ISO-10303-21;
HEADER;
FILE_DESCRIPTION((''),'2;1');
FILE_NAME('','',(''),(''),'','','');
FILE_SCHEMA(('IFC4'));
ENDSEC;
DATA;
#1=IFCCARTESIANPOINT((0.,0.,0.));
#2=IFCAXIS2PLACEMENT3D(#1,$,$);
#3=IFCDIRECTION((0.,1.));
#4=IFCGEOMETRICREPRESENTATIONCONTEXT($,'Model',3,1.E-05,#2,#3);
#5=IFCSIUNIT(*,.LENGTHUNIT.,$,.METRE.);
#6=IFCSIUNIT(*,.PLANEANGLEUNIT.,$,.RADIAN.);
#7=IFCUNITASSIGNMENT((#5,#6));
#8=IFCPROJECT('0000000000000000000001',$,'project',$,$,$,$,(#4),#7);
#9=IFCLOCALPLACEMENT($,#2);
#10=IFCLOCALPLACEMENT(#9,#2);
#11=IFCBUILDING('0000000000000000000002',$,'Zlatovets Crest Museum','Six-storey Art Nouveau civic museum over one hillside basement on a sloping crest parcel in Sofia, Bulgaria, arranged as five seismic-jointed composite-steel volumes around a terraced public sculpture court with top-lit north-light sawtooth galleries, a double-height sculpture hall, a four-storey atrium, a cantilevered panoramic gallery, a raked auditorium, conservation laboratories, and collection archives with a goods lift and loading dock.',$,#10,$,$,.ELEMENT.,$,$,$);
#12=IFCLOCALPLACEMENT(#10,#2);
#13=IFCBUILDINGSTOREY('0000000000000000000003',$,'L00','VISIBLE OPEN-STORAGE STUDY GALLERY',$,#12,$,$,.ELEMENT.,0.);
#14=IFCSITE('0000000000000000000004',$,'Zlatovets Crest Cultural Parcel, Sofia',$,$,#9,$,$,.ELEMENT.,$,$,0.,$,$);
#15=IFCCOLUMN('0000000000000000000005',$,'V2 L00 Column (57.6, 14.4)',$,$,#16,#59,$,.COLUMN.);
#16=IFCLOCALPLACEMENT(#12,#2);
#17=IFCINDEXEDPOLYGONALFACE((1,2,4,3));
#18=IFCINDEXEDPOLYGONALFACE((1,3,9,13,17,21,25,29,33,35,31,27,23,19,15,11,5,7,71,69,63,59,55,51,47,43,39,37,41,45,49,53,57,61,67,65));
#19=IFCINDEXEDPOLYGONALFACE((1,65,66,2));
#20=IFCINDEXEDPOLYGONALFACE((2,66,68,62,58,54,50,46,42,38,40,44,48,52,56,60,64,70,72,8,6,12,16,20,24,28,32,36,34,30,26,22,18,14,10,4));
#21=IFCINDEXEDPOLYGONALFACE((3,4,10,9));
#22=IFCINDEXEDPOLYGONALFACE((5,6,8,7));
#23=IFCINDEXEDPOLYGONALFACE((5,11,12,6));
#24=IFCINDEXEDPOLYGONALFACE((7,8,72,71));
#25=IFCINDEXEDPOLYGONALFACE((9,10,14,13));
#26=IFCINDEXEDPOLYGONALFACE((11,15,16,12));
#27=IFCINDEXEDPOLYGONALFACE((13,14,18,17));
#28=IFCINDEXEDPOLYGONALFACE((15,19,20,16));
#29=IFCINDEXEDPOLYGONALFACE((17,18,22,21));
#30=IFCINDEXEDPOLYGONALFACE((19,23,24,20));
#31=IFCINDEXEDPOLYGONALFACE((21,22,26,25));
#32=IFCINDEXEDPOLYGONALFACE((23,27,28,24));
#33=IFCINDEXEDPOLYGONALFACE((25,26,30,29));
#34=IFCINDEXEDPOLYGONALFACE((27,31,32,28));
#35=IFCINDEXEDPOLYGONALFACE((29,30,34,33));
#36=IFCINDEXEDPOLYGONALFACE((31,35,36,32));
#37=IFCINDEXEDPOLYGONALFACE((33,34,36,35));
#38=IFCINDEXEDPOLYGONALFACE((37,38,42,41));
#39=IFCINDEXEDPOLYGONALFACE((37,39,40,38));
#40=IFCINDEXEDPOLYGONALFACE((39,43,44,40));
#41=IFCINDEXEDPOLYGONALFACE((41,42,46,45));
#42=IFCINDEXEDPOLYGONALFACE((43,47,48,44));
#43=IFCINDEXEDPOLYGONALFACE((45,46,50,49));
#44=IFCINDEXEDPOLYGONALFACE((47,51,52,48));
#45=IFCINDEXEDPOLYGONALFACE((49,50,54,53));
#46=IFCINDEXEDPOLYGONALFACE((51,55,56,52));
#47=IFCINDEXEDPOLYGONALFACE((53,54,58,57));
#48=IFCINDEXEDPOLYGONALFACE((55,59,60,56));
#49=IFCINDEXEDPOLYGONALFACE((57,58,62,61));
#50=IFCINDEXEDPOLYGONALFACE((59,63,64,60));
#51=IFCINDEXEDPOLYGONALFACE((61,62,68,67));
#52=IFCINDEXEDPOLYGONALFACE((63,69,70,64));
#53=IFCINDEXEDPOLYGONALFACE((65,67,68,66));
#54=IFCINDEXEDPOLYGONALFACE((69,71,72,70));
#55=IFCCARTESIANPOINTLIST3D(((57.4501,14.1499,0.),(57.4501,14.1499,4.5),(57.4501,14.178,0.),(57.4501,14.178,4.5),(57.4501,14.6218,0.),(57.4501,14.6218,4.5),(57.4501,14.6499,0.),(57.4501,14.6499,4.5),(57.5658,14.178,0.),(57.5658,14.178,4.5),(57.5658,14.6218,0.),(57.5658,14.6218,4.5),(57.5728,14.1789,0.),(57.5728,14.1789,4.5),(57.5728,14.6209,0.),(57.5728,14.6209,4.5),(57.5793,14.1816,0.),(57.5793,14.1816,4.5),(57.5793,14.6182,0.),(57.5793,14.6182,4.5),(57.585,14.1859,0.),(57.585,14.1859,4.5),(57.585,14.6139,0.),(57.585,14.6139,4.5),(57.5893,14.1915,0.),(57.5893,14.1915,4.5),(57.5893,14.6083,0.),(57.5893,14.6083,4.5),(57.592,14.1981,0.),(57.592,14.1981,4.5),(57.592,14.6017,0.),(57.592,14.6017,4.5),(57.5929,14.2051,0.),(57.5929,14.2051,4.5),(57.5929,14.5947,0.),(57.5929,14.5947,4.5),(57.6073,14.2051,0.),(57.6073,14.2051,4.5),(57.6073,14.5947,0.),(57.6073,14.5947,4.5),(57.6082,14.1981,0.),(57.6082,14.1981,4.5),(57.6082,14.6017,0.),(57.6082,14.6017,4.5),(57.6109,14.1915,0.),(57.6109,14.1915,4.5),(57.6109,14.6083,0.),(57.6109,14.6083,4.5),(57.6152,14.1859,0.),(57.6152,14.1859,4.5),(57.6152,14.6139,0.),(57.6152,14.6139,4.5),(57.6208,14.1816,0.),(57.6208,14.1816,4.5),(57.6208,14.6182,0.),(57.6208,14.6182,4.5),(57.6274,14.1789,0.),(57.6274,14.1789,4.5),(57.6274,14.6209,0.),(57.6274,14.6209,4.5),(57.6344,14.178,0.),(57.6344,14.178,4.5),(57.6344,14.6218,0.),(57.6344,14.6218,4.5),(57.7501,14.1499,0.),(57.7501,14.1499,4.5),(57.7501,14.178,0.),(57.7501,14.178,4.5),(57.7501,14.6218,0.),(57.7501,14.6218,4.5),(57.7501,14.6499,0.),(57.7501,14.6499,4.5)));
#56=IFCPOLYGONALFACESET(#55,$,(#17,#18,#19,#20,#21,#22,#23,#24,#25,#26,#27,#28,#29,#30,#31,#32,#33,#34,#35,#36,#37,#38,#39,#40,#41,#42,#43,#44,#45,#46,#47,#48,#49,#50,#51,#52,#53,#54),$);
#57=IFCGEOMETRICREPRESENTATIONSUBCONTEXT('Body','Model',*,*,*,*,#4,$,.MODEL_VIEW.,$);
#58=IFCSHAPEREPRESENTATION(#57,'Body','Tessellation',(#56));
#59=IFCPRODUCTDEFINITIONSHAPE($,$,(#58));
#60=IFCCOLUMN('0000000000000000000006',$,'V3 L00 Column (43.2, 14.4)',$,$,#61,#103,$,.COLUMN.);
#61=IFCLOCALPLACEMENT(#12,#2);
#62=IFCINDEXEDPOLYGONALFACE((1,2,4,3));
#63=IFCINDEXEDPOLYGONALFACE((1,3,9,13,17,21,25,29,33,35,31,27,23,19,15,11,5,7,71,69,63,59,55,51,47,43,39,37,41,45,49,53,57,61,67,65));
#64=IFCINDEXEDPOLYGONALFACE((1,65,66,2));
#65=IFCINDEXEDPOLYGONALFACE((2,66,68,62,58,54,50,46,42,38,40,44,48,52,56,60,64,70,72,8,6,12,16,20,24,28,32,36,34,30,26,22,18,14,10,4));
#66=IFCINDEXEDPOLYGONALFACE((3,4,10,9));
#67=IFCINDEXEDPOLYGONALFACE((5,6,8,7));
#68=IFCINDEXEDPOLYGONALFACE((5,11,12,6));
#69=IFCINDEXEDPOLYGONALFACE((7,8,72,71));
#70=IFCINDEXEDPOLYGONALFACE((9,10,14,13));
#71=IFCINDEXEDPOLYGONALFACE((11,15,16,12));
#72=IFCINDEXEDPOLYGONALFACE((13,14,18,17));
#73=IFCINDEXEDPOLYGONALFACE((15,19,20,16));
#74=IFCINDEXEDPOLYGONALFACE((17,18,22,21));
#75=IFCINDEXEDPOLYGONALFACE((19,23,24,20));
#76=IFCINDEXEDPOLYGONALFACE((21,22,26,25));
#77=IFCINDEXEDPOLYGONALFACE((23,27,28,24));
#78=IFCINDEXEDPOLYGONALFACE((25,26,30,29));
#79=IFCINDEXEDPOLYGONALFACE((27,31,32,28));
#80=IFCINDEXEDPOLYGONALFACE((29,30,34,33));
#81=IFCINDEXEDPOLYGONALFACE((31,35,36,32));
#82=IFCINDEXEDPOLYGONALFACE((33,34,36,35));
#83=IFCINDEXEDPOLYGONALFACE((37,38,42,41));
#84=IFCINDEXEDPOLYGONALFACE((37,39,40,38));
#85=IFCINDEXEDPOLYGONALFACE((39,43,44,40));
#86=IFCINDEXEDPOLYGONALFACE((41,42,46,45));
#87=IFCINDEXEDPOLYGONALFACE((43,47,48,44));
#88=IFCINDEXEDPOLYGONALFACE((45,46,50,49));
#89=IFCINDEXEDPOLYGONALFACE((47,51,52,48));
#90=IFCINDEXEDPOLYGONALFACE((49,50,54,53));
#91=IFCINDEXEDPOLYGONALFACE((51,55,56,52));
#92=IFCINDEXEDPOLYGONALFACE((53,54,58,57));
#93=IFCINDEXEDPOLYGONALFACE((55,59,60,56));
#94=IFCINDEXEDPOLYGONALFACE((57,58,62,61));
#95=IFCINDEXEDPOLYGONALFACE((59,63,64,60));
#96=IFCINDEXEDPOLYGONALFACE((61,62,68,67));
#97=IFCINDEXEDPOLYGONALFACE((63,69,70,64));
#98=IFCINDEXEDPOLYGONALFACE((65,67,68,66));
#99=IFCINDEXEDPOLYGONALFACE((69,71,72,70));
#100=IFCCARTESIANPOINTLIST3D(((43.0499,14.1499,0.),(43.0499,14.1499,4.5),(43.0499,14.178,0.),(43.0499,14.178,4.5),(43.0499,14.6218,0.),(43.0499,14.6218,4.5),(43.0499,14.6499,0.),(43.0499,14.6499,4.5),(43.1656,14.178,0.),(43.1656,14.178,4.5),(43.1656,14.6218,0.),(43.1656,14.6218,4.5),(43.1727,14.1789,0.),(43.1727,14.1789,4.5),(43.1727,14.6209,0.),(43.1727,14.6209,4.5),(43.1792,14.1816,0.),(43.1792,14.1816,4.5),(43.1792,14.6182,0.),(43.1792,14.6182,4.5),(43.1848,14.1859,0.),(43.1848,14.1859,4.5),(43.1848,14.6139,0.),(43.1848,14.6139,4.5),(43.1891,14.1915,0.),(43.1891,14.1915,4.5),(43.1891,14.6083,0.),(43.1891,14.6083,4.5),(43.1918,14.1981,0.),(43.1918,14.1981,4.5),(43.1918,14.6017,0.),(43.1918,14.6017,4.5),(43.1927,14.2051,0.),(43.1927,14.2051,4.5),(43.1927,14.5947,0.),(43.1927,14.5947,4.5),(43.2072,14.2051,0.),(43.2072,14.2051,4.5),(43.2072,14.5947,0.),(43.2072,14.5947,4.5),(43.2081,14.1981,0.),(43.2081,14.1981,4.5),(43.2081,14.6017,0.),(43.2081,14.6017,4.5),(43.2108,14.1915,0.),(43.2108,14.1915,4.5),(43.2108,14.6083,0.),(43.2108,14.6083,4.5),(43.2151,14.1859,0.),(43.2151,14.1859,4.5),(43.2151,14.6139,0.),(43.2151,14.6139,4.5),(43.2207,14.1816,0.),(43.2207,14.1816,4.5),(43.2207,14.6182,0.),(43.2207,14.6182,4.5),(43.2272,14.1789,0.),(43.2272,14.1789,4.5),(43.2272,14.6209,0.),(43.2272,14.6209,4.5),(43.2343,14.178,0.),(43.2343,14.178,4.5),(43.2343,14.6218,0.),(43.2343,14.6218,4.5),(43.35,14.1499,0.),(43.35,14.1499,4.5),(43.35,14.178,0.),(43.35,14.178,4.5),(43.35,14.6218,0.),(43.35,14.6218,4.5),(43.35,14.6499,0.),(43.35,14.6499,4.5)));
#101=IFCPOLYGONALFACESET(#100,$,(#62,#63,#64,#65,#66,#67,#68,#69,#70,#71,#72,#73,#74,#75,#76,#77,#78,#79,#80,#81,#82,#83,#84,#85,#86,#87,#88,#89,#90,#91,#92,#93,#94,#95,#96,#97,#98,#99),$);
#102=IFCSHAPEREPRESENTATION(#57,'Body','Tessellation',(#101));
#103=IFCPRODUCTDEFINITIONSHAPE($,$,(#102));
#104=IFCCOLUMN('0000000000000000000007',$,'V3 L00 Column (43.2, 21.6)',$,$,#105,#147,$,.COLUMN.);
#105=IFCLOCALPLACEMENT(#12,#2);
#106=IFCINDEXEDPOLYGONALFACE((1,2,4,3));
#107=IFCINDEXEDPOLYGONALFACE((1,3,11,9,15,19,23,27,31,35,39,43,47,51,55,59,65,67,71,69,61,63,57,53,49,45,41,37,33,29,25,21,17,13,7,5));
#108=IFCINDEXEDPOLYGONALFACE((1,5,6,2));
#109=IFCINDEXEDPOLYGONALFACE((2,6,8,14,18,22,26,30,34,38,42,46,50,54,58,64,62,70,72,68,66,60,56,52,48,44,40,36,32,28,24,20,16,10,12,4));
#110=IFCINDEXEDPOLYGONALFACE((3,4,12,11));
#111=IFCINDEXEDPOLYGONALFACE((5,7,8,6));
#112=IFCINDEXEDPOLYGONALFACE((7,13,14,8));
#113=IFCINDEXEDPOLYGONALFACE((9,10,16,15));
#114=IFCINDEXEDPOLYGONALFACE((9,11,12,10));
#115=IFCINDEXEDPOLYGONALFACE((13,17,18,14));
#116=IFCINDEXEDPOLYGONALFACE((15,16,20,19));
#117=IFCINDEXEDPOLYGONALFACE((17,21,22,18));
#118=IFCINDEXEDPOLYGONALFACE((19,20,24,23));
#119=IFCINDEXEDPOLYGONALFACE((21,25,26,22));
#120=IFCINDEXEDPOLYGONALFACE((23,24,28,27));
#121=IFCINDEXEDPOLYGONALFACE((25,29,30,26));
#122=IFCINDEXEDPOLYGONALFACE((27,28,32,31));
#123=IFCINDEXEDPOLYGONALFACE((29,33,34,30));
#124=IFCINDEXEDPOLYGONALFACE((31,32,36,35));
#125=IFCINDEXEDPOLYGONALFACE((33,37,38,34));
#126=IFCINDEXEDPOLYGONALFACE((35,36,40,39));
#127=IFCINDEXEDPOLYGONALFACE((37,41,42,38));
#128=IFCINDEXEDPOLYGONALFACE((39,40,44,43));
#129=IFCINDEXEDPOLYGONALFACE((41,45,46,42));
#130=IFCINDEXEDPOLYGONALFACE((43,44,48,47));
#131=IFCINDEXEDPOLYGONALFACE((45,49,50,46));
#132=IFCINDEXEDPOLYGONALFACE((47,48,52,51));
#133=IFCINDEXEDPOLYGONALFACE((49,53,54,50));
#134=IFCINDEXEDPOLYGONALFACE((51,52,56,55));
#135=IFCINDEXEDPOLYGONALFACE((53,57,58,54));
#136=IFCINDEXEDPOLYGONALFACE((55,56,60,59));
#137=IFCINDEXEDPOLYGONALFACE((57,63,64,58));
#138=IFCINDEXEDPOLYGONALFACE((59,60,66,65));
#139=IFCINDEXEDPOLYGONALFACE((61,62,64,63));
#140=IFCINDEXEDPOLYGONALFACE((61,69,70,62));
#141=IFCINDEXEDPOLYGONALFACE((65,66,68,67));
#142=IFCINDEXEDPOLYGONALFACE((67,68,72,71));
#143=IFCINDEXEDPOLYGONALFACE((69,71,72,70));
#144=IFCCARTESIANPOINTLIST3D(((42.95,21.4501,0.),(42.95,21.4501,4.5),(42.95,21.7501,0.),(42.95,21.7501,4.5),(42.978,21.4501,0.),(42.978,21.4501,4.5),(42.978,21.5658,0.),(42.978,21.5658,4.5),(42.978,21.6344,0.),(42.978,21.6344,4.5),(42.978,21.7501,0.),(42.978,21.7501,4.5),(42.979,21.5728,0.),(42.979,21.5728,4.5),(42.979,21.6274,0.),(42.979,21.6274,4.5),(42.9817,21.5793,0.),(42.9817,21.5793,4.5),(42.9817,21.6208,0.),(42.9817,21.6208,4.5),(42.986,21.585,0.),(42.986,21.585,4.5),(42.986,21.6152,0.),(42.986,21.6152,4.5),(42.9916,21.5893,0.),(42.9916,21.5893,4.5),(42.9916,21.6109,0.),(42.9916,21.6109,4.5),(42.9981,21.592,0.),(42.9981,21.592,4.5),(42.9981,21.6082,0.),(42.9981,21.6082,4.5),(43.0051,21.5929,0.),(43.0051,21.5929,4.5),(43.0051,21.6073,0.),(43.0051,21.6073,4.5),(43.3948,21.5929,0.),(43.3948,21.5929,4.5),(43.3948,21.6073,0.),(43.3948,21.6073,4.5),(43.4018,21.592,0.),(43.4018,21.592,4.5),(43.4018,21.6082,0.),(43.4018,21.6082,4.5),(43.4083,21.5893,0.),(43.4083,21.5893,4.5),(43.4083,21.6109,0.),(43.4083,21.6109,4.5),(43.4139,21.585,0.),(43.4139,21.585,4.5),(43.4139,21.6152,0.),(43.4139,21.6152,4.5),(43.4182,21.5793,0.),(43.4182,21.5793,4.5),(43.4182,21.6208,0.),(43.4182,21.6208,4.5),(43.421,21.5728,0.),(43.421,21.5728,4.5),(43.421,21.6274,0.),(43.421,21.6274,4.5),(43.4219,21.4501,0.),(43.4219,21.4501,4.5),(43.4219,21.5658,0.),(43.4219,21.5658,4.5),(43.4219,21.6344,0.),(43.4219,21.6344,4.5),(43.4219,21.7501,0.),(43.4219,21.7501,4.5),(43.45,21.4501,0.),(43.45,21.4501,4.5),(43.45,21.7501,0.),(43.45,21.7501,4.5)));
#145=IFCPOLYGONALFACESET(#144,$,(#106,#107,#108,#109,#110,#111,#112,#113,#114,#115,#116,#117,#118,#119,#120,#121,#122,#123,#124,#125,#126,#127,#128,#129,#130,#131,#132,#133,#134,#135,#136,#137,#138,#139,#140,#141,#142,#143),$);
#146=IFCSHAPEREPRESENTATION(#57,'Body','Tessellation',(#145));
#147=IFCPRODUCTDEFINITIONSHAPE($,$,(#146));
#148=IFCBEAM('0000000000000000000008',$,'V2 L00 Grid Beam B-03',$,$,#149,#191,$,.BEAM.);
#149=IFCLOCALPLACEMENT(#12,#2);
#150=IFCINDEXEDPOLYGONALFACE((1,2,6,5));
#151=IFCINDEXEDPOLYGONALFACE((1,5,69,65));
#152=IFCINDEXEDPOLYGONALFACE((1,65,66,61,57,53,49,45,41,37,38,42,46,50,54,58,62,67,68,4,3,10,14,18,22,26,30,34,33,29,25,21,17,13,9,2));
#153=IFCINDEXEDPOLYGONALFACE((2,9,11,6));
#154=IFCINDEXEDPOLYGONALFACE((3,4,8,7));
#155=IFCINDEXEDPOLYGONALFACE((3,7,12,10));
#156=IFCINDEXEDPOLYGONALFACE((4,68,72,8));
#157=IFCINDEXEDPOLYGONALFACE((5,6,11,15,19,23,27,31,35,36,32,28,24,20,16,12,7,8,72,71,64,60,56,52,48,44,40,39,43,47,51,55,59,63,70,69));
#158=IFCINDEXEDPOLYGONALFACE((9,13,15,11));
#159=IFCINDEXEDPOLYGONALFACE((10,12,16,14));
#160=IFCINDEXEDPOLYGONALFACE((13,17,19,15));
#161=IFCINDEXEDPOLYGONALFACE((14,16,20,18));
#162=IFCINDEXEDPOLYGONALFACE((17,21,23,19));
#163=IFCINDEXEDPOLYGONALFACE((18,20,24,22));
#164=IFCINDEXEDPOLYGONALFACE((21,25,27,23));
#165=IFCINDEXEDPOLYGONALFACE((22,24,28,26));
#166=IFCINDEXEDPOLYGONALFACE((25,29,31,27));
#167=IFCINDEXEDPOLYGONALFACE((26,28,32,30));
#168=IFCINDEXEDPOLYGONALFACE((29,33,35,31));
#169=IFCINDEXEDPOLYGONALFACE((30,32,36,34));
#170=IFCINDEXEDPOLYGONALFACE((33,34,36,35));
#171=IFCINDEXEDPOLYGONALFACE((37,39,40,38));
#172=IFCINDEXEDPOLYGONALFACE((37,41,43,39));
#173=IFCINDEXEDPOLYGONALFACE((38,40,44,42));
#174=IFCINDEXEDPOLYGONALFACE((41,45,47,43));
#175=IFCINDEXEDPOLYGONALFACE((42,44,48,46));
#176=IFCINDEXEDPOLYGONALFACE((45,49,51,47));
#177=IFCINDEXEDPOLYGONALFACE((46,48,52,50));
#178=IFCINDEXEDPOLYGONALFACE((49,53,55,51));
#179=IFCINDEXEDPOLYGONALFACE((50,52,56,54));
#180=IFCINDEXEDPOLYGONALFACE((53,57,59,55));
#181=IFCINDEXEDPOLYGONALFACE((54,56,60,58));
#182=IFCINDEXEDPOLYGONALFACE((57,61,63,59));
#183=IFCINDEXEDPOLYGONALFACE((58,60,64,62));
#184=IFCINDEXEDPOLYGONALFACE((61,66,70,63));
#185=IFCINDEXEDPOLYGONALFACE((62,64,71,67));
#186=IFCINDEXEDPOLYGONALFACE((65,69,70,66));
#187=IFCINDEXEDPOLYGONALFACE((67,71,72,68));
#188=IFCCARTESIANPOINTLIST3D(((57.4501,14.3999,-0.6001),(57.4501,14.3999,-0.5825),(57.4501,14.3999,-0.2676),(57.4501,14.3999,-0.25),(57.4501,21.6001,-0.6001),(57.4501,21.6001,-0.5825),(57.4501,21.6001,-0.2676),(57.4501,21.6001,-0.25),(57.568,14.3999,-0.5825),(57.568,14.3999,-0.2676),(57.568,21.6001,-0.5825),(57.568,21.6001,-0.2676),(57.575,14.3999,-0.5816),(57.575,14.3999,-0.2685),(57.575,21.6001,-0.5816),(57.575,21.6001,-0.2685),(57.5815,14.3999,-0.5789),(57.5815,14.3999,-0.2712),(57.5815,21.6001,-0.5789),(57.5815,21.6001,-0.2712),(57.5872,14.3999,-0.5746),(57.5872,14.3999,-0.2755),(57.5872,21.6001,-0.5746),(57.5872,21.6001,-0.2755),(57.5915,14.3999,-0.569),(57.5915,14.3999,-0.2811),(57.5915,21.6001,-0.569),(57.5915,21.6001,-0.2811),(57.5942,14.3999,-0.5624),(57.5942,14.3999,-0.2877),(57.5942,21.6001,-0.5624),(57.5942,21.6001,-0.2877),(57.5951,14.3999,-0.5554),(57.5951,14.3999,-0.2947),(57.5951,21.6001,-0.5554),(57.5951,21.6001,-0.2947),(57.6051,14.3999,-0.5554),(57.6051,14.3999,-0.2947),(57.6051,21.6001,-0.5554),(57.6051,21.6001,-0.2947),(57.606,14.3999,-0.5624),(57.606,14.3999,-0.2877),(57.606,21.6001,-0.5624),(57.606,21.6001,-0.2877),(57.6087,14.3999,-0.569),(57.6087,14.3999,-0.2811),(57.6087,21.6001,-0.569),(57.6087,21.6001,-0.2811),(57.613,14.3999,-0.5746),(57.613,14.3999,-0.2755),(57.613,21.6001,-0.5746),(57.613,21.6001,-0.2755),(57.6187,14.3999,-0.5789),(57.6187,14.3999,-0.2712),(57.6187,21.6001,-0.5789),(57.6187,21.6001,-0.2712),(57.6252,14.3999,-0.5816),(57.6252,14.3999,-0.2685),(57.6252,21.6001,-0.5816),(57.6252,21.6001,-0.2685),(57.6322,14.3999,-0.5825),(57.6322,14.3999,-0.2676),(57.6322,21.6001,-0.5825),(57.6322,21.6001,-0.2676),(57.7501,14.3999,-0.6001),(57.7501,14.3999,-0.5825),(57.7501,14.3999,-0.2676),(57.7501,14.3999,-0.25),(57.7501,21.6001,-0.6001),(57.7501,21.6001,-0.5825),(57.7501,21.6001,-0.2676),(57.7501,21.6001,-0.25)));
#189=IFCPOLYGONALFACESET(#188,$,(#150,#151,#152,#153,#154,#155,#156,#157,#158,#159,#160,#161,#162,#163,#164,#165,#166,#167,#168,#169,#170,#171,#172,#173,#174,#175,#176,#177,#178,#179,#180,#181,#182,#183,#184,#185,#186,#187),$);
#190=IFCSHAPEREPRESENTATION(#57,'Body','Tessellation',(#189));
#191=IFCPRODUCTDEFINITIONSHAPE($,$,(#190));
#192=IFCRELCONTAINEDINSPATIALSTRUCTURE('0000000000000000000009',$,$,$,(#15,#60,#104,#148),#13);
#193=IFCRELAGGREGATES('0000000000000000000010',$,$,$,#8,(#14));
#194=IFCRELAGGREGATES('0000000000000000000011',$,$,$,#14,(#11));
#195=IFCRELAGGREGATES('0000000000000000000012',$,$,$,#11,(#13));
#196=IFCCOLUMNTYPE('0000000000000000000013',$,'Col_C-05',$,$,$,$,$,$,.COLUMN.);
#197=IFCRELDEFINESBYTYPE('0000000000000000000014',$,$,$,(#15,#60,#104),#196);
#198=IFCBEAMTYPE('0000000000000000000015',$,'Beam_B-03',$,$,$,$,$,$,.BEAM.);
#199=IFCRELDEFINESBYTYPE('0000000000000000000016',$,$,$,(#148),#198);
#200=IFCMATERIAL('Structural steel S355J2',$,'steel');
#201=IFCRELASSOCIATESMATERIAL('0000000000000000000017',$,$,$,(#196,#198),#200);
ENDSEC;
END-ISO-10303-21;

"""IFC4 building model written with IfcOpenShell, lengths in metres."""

from ifc_helpers import new_model, si_unit, direction, frame, origin, origin_2d, place, context, subcontext, project, spatial, i_section, extrude, material, material_profile, profile_set, type_object, element, save


model = new_model("IFC4")

# Units and contexts
model_context = context("Model", 3, precision=1e-05, world=origin(), true_north=direction((0.0, 1.0)))
body_context = subcontext(model_context, "Body", "Model", "MODEL_VIEW")
ifc_project = project(units=[si_unit("LENGTHUNIT", "METRE"), si_unit("PLANEANGLEUNIT", "RADIAN")], contexts=[model_context])

# Site, building, storey
site_placement = place(None, origin())
site = spatial("IfcSite", under=ifc_project, at=site_placement, Name="Zlatovets Crest Cultural Parcel, Sofia", CompositionType="ELEMENT", RefElevation=0.0)
building_placement = place(site_placement, origin())
building = spatial("IfcBuilding", under=site, at=building_placement, Name="Zlatovets Crest Museum", Description="Six-storey Art Nouveau civic museum over one hillside basement on a sloping crest parcel in Sofia, Bulgaria, arranged as five seismic-jointed composite-steel volumes around a terraced public sculpture court with top-lit north-light sawtooth galleries, a double-height sculpture hall, a four-storey atrium, a cantilevered panoramic gallery, a raked auditorium, conservation laboratories, and collection archives with a goods lift and loading dock.", CompositionType="ELEMENT")
storey_placement = place(building_placement, origin())
storey = spatial("IfcBuildingStorey", under=building, at=storey_placement, Name="L00", Description="VISIBLE OPEN-STORAGE STUDY GALLERY", CompositionType="ELEMENT", Elevation=0.0)

# Columns
ifc_material_1 = material(Name="Structural steel S355J2", Category="steel")
ifc_material_profile_1 = material_profile(ifc_material_1, i_section(OverallWidth=0.3, OverallDepth=0.5, WebThickness=0.0144, FlangeThickness=0.0281, FilletRadius=0.0271, at=origin_2d()), Name="HEB 500")
ifc_profile_set_1 = profile_set([ifc_material_profile_1], Name="Structural steel S355J2")
column_type = type_object("IfcColumnType", Name="Col_C-05", PredefinedType="COLUMN", material=ifc_profile_set_1)
for number, where, z_axis, x_axis, name in (
    (1, (57.6001, 14.3999, 0.0), (0.0, 0.0, 1.0), (1.0, 0.0, 0.0), "V2 L00 Column (57.6, 14.4)"),
    (2, (43.2, 14.3999, 0.0), (0.0, 0.0, 1.0), (1.0, 0.0, 0.0), "V3 L00 Column (43.2, 14.4)"),
    (3, (43.2, 21.6001, 0.0), (0.0, 0.0, 1.0), (0.0, 1.0, 0.0), "V3 L00 Column (43.2, 21.6)"),
):
    element("IfcColumn", number, at=place(storey_placement, frame(where, z_axis=z_axis, x_axis=x_axis)), inside=storey, type_object=column_type, Name=name, PredefinedType="COLUMN", context=body_context, shape_type="SweptSolid", body=[
        extrude(i_section(OverallWidth=0.3, OverallDepth=0.5, WebThickness=0.0144, FlangeThickness=0.0281, FilletRadius=0.0271, at=origin_2d()), origin(), (0.0, 0.0, 1.0), 4.5),
    ])

# Beam
ifc_material_profile_2 = material_profile(ifc_material_1, i_section(OverallWidth=0.3, OverallDepth=0.3501, WebThickness=0.01, FlangeThickness=0.0176, FilletRadius=0.0271, at=origin_2d()), Name="HEA 360")
ifc_profile_set_2 = profile_set([ifc_material_profile_2], Name="Structural steel S355J2")
beam_type_1 = type_object("IfcBeamType", Name="Beam_B-03", PredefinedType="BEAM", material=ifc_profile_set_2)
for number, where, z_axis, x_axis, name in (
    (4, (57.6001, 14.3999, -0.425), (0.0, 1.0, 0.0), (-1.0, 0.0, 0.0), "V2 L00 Grid Beam B-03"),
):
    element("IfcBeam", number, at=place(storey_placement, frame(where, z_axis=z_axis, x_axis=x_axis)), inside=storey, type_object=beam_type_1, Name=name, PredefinedType="BEAM", context=body_context, shape_type="SweptSolid", body=[
        extrude(i_section(OverallWidth=0.3, OverallDepth=0.3501, WebThickness=0.01, FlangeThickness=0.0176, FilletRadius=0.0271, at=origin_2d()), origin(), (0.0, 0.0, 1.0), 7.2002),
    ])

save(model, "model.ifc")
